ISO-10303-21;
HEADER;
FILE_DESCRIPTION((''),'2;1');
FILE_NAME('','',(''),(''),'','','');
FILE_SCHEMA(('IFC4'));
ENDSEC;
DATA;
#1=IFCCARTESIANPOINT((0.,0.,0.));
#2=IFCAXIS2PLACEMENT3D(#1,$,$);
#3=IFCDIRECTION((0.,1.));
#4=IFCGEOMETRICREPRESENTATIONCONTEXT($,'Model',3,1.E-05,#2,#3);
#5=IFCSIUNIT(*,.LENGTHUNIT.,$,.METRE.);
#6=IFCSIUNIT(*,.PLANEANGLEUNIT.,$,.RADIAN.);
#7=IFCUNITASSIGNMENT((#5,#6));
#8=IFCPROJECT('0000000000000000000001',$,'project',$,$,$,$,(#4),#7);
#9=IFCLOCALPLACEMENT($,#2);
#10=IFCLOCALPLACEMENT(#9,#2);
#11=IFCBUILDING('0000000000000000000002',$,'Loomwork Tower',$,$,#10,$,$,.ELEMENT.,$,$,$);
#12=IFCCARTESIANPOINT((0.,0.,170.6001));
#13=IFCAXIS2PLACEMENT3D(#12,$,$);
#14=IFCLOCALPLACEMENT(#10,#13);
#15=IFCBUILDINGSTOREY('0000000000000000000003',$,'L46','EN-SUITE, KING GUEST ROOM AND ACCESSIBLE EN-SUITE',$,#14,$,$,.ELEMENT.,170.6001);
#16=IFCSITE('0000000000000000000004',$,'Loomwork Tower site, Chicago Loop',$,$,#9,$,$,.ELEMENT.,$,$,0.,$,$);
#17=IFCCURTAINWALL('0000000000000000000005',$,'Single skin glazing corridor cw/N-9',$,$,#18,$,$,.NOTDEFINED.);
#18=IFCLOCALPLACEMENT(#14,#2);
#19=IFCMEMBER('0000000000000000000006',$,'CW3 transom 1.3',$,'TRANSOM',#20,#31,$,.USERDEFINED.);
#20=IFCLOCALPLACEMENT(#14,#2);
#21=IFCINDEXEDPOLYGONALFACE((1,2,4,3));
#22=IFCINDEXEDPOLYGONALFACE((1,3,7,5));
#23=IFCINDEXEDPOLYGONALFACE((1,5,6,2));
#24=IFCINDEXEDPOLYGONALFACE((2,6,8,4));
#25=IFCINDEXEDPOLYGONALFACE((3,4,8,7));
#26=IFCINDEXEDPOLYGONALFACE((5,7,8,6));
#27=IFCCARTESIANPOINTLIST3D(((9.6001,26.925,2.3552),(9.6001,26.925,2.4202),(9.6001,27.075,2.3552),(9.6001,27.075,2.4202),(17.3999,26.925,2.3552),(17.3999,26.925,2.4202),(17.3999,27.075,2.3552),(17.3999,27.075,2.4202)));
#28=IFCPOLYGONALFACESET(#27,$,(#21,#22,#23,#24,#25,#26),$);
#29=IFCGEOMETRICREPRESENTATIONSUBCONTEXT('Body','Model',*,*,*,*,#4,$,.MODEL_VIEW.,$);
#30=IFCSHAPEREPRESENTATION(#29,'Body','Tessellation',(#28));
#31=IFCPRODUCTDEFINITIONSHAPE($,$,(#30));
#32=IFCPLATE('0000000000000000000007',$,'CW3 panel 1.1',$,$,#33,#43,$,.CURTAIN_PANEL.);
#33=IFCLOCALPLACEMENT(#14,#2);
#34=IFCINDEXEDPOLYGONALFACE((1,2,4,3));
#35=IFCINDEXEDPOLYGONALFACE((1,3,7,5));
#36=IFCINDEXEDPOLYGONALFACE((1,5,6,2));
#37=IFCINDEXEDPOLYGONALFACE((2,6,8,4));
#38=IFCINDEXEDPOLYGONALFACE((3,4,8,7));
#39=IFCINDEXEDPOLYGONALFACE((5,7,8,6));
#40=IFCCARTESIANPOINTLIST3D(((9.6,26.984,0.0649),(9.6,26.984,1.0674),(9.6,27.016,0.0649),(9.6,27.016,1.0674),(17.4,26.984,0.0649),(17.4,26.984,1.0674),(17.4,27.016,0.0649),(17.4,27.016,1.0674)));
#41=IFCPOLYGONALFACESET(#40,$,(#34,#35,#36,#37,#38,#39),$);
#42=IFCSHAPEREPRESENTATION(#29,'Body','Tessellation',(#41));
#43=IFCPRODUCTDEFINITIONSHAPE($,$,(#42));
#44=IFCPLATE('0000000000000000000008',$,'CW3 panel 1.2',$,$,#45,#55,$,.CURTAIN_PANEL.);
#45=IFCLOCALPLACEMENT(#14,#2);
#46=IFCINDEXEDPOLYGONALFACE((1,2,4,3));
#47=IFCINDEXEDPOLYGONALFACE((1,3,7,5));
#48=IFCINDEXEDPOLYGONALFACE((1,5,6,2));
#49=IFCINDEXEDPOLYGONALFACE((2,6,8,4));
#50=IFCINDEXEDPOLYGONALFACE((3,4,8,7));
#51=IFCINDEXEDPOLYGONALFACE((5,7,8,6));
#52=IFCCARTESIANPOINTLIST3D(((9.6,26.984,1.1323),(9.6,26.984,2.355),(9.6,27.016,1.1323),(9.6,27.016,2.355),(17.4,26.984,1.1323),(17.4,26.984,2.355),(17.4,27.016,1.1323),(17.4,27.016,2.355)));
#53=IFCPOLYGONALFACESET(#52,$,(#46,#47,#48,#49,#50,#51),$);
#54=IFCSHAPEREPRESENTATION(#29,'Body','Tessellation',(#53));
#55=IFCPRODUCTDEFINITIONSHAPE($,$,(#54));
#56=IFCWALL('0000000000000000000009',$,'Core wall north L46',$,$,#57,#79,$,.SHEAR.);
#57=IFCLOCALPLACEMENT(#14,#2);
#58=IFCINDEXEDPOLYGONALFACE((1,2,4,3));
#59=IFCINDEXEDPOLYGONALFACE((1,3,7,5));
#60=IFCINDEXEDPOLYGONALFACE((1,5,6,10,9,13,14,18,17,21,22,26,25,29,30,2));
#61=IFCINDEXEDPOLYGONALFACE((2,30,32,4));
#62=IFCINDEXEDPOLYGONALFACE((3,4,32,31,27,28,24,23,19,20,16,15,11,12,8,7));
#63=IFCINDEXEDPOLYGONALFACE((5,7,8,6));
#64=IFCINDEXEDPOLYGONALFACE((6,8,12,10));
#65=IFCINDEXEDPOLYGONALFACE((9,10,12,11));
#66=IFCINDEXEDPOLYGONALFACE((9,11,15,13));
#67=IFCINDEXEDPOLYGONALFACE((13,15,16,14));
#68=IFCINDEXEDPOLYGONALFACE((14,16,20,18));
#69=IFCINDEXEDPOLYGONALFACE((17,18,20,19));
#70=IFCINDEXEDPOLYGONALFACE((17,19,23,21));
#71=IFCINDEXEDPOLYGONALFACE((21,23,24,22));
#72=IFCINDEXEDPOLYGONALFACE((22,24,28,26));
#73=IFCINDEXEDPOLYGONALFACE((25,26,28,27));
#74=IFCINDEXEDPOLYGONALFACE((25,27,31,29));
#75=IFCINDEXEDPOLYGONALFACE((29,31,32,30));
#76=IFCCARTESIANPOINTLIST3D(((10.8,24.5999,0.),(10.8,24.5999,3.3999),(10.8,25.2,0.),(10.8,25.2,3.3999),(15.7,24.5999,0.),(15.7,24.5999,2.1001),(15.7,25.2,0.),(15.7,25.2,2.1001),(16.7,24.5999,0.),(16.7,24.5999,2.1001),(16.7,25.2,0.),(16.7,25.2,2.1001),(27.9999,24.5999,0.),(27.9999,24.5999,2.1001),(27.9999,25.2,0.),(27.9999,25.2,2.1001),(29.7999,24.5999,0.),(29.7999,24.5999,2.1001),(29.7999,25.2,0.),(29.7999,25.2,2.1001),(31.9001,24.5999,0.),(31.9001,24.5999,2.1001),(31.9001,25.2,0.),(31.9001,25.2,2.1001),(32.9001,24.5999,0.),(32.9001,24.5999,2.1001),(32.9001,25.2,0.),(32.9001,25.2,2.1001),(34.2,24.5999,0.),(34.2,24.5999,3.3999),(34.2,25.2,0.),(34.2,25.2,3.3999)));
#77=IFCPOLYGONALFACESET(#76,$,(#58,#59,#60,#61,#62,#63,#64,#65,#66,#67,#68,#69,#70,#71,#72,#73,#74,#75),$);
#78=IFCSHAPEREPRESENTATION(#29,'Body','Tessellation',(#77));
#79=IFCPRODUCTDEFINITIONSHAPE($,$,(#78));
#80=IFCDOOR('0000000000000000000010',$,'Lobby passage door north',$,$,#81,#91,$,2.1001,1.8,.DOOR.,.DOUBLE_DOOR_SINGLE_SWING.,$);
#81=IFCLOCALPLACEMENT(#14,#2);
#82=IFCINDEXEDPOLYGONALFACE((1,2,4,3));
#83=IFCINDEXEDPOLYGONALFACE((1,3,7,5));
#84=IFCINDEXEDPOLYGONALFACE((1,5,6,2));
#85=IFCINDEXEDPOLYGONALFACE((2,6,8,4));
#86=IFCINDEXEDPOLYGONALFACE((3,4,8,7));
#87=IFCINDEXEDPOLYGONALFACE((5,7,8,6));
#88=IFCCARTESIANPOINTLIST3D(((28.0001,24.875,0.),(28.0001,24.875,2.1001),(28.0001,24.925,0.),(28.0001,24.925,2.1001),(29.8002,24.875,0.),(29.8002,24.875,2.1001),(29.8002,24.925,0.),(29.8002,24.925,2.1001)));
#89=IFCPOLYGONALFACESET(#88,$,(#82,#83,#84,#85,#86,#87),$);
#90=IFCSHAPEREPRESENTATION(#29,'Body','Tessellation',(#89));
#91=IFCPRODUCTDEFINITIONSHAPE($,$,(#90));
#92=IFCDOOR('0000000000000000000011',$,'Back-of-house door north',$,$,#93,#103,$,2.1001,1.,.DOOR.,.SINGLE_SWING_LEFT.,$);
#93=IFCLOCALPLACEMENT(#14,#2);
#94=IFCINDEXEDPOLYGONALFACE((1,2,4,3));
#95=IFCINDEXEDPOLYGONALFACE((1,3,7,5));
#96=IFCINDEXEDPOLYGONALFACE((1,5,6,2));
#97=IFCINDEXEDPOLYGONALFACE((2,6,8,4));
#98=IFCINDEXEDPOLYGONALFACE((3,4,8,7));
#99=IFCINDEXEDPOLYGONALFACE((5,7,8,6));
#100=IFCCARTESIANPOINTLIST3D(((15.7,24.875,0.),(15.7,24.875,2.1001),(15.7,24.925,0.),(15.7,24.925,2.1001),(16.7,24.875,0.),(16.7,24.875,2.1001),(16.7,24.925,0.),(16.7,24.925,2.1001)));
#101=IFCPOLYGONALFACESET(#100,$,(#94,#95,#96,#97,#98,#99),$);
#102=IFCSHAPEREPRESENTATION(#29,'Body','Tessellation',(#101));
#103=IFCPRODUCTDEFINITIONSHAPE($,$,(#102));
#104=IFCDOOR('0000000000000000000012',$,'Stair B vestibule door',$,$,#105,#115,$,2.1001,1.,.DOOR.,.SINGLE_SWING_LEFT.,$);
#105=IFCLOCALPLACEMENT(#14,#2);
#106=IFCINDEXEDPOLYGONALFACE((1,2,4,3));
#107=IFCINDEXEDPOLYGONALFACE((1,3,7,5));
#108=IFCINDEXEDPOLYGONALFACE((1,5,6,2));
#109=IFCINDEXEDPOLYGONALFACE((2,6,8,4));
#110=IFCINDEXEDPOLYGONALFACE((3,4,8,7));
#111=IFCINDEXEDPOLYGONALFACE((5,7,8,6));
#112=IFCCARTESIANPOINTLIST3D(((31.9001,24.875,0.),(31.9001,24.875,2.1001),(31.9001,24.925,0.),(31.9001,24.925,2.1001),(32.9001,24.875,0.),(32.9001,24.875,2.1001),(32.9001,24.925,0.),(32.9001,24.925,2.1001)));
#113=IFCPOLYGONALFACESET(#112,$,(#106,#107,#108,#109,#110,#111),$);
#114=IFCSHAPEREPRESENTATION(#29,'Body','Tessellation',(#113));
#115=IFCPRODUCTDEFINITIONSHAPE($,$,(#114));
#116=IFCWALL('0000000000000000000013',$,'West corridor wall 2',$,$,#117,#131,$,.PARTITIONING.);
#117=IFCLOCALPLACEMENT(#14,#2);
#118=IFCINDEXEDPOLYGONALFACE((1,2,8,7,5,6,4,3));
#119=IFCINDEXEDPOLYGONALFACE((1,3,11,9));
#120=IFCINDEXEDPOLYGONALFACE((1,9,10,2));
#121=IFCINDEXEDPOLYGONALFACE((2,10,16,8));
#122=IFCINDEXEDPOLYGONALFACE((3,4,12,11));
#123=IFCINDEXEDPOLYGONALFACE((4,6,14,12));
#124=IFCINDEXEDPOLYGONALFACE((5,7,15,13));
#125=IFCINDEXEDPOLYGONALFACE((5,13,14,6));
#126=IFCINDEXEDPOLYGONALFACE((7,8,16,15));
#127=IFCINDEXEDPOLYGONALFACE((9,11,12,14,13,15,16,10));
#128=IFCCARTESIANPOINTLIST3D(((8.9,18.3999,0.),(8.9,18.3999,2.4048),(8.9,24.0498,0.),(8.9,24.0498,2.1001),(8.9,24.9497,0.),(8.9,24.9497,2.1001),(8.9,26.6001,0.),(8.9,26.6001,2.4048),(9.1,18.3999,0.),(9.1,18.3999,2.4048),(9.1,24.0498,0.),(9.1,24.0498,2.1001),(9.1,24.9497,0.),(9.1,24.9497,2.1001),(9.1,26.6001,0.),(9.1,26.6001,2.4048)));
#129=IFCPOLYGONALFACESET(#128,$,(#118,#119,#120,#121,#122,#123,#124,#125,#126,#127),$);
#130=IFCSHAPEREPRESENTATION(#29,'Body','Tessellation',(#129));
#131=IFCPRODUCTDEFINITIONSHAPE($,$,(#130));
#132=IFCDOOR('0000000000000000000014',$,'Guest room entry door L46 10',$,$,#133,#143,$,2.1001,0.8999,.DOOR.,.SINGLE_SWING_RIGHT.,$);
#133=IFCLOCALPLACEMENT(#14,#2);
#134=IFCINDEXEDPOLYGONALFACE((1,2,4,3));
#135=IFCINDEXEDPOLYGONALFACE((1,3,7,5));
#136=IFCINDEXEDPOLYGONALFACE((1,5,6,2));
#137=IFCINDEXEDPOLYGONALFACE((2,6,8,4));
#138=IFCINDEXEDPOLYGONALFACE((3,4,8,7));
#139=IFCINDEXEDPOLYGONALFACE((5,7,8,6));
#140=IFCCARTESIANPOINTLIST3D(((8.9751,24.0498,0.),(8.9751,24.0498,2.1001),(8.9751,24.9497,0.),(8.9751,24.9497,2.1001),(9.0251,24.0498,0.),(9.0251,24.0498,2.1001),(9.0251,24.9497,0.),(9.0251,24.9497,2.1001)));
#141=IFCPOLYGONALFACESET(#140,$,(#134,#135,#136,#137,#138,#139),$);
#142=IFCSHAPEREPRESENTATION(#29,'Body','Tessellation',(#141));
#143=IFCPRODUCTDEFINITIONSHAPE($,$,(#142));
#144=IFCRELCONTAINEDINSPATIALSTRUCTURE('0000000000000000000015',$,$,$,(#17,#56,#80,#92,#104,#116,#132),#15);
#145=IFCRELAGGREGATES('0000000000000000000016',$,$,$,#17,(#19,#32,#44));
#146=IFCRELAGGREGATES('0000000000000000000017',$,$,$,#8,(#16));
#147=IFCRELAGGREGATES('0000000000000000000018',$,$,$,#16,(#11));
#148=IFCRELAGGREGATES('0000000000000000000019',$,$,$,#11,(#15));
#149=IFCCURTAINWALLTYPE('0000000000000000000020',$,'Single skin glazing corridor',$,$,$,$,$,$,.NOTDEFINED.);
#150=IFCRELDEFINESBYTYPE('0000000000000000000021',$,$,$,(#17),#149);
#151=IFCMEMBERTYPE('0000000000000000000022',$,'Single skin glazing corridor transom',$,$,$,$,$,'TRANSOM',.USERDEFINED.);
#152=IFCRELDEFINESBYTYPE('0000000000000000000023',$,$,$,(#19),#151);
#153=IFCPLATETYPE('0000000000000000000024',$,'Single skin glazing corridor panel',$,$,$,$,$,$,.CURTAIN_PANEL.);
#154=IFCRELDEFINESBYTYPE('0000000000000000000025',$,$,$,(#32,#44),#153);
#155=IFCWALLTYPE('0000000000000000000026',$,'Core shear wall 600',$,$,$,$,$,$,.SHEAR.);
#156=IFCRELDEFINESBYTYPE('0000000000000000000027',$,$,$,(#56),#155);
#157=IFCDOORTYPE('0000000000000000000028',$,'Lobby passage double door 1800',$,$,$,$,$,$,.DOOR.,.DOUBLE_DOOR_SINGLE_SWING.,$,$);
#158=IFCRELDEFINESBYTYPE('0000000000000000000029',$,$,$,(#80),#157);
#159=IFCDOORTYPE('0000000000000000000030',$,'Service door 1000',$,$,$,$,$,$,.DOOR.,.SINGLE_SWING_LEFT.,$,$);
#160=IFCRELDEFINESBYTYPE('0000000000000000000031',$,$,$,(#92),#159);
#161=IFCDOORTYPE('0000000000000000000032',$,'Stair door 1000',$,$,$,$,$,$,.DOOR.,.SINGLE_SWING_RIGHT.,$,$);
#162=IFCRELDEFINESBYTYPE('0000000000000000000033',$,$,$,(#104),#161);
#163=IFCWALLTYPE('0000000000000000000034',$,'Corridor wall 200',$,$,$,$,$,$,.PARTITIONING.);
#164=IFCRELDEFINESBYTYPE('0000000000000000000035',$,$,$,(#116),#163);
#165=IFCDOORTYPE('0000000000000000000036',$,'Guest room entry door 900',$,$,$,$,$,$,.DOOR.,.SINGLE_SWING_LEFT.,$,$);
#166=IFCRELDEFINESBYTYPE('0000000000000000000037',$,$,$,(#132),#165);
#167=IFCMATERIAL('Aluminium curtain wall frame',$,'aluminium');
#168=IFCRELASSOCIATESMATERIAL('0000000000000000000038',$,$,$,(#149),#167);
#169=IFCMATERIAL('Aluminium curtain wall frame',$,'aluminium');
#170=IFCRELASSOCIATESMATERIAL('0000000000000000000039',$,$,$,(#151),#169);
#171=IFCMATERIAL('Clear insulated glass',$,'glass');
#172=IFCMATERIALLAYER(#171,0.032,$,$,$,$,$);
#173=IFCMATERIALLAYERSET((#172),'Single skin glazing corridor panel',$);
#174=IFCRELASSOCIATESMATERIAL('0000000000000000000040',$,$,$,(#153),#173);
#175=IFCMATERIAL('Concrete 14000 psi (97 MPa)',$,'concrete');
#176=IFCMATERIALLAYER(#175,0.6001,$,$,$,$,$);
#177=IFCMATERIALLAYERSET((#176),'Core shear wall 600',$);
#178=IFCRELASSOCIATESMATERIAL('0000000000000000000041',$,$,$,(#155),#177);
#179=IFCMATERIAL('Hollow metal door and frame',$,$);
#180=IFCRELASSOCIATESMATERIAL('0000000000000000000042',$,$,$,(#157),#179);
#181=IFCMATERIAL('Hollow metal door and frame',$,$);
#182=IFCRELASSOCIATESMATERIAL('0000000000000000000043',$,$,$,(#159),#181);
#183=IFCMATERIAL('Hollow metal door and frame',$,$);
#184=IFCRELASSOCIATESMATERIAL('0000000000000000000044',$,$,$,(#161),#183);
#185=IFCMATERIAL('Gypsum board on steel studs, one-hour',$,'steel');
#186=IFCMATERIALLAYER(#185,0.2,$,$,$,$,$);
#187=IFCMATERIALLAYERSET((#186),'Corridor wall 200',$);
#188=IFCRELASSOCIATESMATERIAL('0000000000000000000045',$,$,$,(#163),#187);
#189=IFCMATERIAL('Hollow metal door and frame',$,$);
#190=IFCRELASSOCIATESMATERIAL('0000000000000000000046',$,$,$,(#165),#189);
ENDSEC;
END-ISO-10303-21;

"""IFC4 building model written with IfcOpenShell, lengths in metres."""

from ifc_helpers import new_model, si_unit, direction, frame, frame_2d, origin, origin_2d, place, context, subcontext, project, spatial, rectangle, extrude, material, layer, layer_set, material_profile, profile_set, type_object, element, fill, aggregate, save


model = new_model("IFC4")

# Units and contexts
model_context = context("Model", 3, precision=1e-05, world=origin(), true_north=direction((0.0, 1.0)))
body_context = subcontext(model_context, "Body", "Model", "MODEL_VIEW")
ifc_project = project(units=[si_unit("LENGTHUNIT", "METRE"), si_unit("PLANEANGLEUNIT", "RADIAN")], contexts=[model_context])

# Site, building, storey
site_placement = place(None, origin())
site = spatial("IfcSite", under=ifc_project, at=site_placement, Name="Loomwork Tower site, Chicago Loop", CompositionType="ELEMENT", RefElevation=0.0)
building_placement = place(site_placement, origin())
building = spatial("IfcBuilding", under=site, at=building_placement, Name="Loomwork Tower", CompositionType="ELEMENT")
storey_placement = place(building_placement, frame((0.0, 0.0, 170.6001)))
storey = spatial("IfcBuildingStorey", under=building, at=storey_placement, Name="L46", Description="EN-SUITE, KING GUEST ROOM AND ACCESSIBLE EN-SUITE", CompositionType="ELEMENT", Elevation=170.6001)

# Shared definitions
ifc_material_1 = material(Name="Aluminium curtain wall frame", Category="aluminium")
curtain_wall_type = type_object("IfcCurtainWallType", Name="Single skin glazing corridor", PredefinedType="NOTDEFINED", material=ifc_material_1)

# Curtain wall
curtain_wall_1_placement = place(storey_placement, origin())
curtain_wall_1 = element("IfcCurtainWall", 1, at=curtain_wall_1_placement, inside=storey, type_object=curtain_wall_type, Name="Single skin glazing corridor cw/N-9", PredefinedType="NOTDEFINED")

# Member
ifc_material_2 = material(Name="Aluminium curtain wall frame", Category="aluminium")
ifc_material_profile_1 = material_profile(ifc_material_2, rectangle(XDim=0.1499, YDim=0.0649, at=origin_2d()), Name="AL 65x150")
ifc_profile_set_1 = profile_set([ifc_material_profile_1], Name="Aluminium curtain wall frame")
member_type_1 = type_object("IfcMemberType", Name="Single skin glazing corridor transom", ElementType="TRANSOM", PredefinedType="USERDEFINED", material=ifc_profile_set_1)
member_1_placement = place(storey_placement, frame((17.3999, 27.0, 2.3877), z_axis=(-1.0, 0.0, 0.0), x_axis=(0.0, -1.0, 0.0)))
member_1 = element("IfcMember", 2, at=member_1_placement, type_object=member_type_1, Name="CW3 transom 1.3", ObjectType="TRANSOM", PredefinedType="USERDEFINED", context=body_context, shape_type="SweptSolid", body=[
    extrude(rectangle(XDim=0.1499, YDim=0.0649, at=origin_2d()), origin(), (0.0, 0.0, 1.0), 7.7998),
])

# Plates
ifc_material_3 = material(Name="Clear insulated glass", Category="glass")
ifc_layer_1 = layer(ifc_material_3, 0.032)
ifc_layer_set_1 = layer_set([ifc_layer_1], Name="Single skin glazing corridor panel")
plate_type = type_object("IfcPlateType", Name="Single skin glazing corridor panel", PredefinedType="CURTAIN_PANEL", material=ifc_layer_set_1)
plate_1_placement = place(storey_placement, frame((13.5, 27.0, 0.0649), z_axis=(0.0, 0.0, 1.0), x_axis=(-1.0, 0.0, 0.0)))
plate_1 = element("IfcPlate", 3, at=plate_1_placement, type_object=plate_type, Name="CW3 panel 1.1", PredefinedType="CURTAIN_PANEL", context=body_context, shape_type="SweptSolid", body=[
    extrude(rectangle(XDim=7.8, YDim=0.032, at=origin_2d()), origin(), (0.0, 0.0, 1.0), 1.0024),
])
plate_2_placement = place(storey_placement, frame((13.5, 27.0, 1.1323), z_axis=(0.0, 0.0, 1.0), x_axis=(-1.0, 0.0, 0.0)))
plate_2 = element("IfcPlate", 4, at=plate_2_placement, type_object=plate_type, Name="CW3 panel 1.2", PredefinedType="CURTAIN_PANEL", context=body_context, shape_type="SweptSolid", body=[
    extrude(rectangle(XDim=7.8, YDim=0.032, at=origin_2d()), origin(), (0.0, 0.0, 1.0), 1.2227),
])
aggregate(curtain_wall_1, [member_1, plate_1, plate_2])

# Wall, openings, doors
ifc_material_4 = material(Name="Concrete 14000 psi (97 MPa)", Category="concrete")
ifc_layer_2 = layer(ifc_material_4, 0.6001)
ifc_layer_set_2 = layer_set([ifc_layer_2], Name="Core shear wall 600")
wall_type_1 = type_object("IfcWallType", Name="Core shear wall 600", PredefinedType="SHEAR", material=ifc_layer_set_2)
wall_1_placement = place(storey_placement, frame((10.8, 24.8999, 0.0), z_axis=(0.0, 0.0, 1.0), x_axis=(1.0, 0.0, 0.0)))
wall_1 = element("IfcWall", 5, at=wall_1_placement, inside=storey, type_object=wall_type_1, Name="Core wall north L46", PredefinedType="SHEAR", context=body_context, shape_type="SweptSolid", body=[
    extrude(rectangle(XDim=23.3999, YDim=0.6001, at=frame_2d((11.7, 0.0))), origin(), (0.0, 0.0, 1.0), 3.3999),
])
opening_1_placement = place(wall_1_placement, frame((17.2, 0.0, 0.0)))
opening_1 = element("IfcOpeningElement", 6, at=opening_1_placement, cuts=wall_1, PredefinedType="OPENING", context=body_context, shape_type="SweptSolid", body=[
    extrude(rectangle(XDim=1.8, YDim=2.1001, at=frame_2d((0.8999, 1.05))), frame((0.0, 0.3101, 0.0), z_axis=(0.0, -1.0, 0.0), x_axis=(1.0, 0.0, 0.0)), (0.0, 0.0, 1.0), 0.6201),
])
opening_2_placement = place(wall_1_placement, frame((21.1001, 0.0, 0.0)))
opening_2 = element("IfcOpeningElement", 7, at=opening_2_placement, cuts=wall_1, PredefinedType="OPENING", context=body_context, shape_type="SweptSolid", body=[
    extrude(rectangle(XDim=1.0, YDim=2.1001, at=frame_2d((0.5, 1.05))), frame((0.0, 0.3101, 0.0), z_axis=(0.0, -1.0, 0.0), x_axis=(1.0, 0.0, 0.0)), (0.0, 0.0, 1.0), 0.6201),
])
opening_3_placement = place(wall_1_placement, frame((4.8999, 0.0, 0.0)))
opening_3 = element("IfcOpeningElement", 8, at=opening_3_placement, cuts=wall_1, PredefinedType="OPENING", context=body_context, shape_type="SweptSolid", body=[
    extrude(rectangle(XDim=1.0, YDim=2.1001, at=frame_2d((0.5, 1.05))), frame((0.0, 0.3101, 0.0), z_axis=(0.0, -1.0, 0.0), x_axis=(1.0, 0.0, 0.0)), (0.0, 0.0, 1.0), 0.6201),
])
ifc_material_5 = material(Name="Hollow metal door and frame")
door_type_1 = type_object("IfcDoorType", Name="Lobby passage double door 1800", OperationType="DOUBLE_DOOR_SINGLE_SWING", PredefinedType="DOOR", material=ifc_material_5)
door_1_placement = place(opening_1_placement, frame((1.8, 0.0, 0.0), z_axis=(0.0, 0.0, 1.0), x_axis=(-1.0, 0.0, 0.0)))
door_1 = element("IfcDoor", 9, at=door_1_placement, inside=storey, type_object=door_type_1, Name="Lobby passage door north", OperationType="DOUBLE_DOOR_SINGLE_SWING", OverallHeight=2.1001, OverallWidth=1.8, PredefinedType="DOOR", context=body_context, shape_type="SweptSolid", body=[
    extrude(rectangle(XDim=1.8, YDim=2.1001, at=frame_2d((0.8999, 1.05))), frame((0.0, 0.0249, 0.0), z_axis=(0.0, -1.0, 0.0), x_axis=(1.0, 0.0, 0.0)), (0.0, 0.0, 1.0), 0.05),
])
fill(opening_1, door_1)
ifc_material_6 = material(Name="Hollow metal door and frame")
door_type_2 = type_object("IfcDoorType", Name="Service door 1000", OperationType="SINGLE_SWING_LEFT", PredefinedType="DOOR", material=ifc_material_6)
door_2_placement = place(opening_3_placement, frame((1.0, 0.0, 0.0), z_axis=(0.0, 0.0, 1.0), x_axis=(-1.0, 0.0, 0.0)))
door_2 = element("IfcDoor", 10, at=door_2_placement, inside=storey, type_object=door_type_2, Name="Back-of-house door north", OperationType="SINGLE_SWING_LEFT", OverallHeight=2.1001, OverallWidth=1.0, PredefinedType="DOOR", context=body_context, shape_type="SweptSolid", body=[
    extrude(rectangle(XDim=1.0, YDim=2.1001, at=frame_2d((0.5, 1.05))), frame((0.0, 0.0249, 0.0), z_axis=(0.0, -1.0, 0.0), x_axis=(1.0, 0.0, 0.0)), (0.0, 0.0, 1.0), 0.05),
])
fill(opening_3, door_2)
ifc_material_7 = material(Name="Hollow metal door and frame")
door_type_3 = type_object("IfcDoorType", Name="Stair door 1000", OperationType="SINGLE_SWING_RIGHT", PredefinedType="DOOR", material=ifc_material_7)
door_3_placement = place(opening_2_placement, frame((1.0, 0.0, 0.0), z_axis=(0.0, 0.0, 1.0), x_axis=(-1.0, 0.0, 0.0)))
door_3 = element("IfcDoor", 11, at=door_3_placement, inside=storey, type_object=door_type_3, Name="Stair B vestibule door", OperationType="SINGLE_SWING_LEFT", OverallHeight=2.1001, OverallWidth=1.0, PredefinedType="DOOR", context=body_context, shape_type="SweptSolid", body=[
    extrude(rectangle(XDim=1.0, YDim=2.1001, at=frame_2d((0.5, 1.05))), frame((0.0, 0.0249, 0.0), z_axis=(0.0, -1.0, 0.0), x_axis=(1.0, 0.0, 0.0)), (0.0, 0.0, 1.0), 0.05),
])
fill(opening_2, door_3)

# Wall, opening, door
ifc_material_8 = material(Name="Gypsum board on steel studs, one-hour", Category="steel")
ifc_layer_3 = layer(ifc_material_8, 0.2)
ifc_layer_set_3 = layer_set([ifc_layer_3], Name="Corridor wall 200")
wall_type_2 = type_object("IfcWallType", Name="Corridor wall 200", PredefinedType="PARTITIONING", material=ifc_layer_set_3)
wall_2_placement = place(storey_placement, frame((9.0, 18.3999, 0.0), z_axis=(0.0, 0.0, 1.0), x_axis=(0.0, 1.0, 0.0)))
wall_2 = element("IfcWall", 12, at=wall_2_placement, inside=storey, type_object=wall_type_2, Name="West corridor wall 2", PredefinedType="PARTITIONING", context=body_context, shape_type="SweptSolid", body=[
    extrude(rectangle(XDim=8.2002, YDim=0.2, at=frame_2d((4.1001, 0.0))), origin(), (0.0, 0.0, 1.0), 2.4048),
])
opening_4_placement = place(wall_2_placement, frame((5.6499, 0.0, 0.0)))
opening_4 = element("IfcOpeningElement", 13, at=opening_4_placement, cuts=wall_2, PredefinedType="OPENING", context=body_context, shape_type="SweptSolid", body=[
    extrude(rectangle(XDim=0.8999, YDim=2.1001, at=frame_2d((0.45, 1.05))), frame((0.0, 0.1099, 0.0), z_axis=(0.0, -1.0, 0.0), x_axis=(1.0, 0.0, 0.0)), (0.0, 0.0, 1.0), 0.22),
])
ifc_material_9 = material(Name="Hollow metal door and frame")
door_type_4 = type_object("IfcDoorType", Name="Guest room entry door 900", OperationType="SINGLE_SWING_LEFT", PredefinedType="DOOR", material=ifc_material_9)
door_4_placement = place(opening_4_placement, origin())
door_4 = element("IfcDoor", 14, at=door_4_placement, inside=storey, type_object=door_type_4, Name="Guest room entry door L46 10", OperationType="SINGLE_SWING_RIGHT", OverallHeight=2.1001, OverallWidth=0.8999, PredefinedType="DOOR", context=body_context, shape_type="SweptSolid", body=[
    extrude(rectangle(XDim=0.8999, YDim=2.1001, at=frame_2d((0.45, 1.05))), frame((0.0, 0.0249, 0.0), z_axis=(0.0, -1.0, 0.0), x_axis=(1.0, 0.0, 0.0)), (0.0, 0.0, 1.0), 0.05),
])
fill(opening_4, door_4)

save(model, "model.ifc")
